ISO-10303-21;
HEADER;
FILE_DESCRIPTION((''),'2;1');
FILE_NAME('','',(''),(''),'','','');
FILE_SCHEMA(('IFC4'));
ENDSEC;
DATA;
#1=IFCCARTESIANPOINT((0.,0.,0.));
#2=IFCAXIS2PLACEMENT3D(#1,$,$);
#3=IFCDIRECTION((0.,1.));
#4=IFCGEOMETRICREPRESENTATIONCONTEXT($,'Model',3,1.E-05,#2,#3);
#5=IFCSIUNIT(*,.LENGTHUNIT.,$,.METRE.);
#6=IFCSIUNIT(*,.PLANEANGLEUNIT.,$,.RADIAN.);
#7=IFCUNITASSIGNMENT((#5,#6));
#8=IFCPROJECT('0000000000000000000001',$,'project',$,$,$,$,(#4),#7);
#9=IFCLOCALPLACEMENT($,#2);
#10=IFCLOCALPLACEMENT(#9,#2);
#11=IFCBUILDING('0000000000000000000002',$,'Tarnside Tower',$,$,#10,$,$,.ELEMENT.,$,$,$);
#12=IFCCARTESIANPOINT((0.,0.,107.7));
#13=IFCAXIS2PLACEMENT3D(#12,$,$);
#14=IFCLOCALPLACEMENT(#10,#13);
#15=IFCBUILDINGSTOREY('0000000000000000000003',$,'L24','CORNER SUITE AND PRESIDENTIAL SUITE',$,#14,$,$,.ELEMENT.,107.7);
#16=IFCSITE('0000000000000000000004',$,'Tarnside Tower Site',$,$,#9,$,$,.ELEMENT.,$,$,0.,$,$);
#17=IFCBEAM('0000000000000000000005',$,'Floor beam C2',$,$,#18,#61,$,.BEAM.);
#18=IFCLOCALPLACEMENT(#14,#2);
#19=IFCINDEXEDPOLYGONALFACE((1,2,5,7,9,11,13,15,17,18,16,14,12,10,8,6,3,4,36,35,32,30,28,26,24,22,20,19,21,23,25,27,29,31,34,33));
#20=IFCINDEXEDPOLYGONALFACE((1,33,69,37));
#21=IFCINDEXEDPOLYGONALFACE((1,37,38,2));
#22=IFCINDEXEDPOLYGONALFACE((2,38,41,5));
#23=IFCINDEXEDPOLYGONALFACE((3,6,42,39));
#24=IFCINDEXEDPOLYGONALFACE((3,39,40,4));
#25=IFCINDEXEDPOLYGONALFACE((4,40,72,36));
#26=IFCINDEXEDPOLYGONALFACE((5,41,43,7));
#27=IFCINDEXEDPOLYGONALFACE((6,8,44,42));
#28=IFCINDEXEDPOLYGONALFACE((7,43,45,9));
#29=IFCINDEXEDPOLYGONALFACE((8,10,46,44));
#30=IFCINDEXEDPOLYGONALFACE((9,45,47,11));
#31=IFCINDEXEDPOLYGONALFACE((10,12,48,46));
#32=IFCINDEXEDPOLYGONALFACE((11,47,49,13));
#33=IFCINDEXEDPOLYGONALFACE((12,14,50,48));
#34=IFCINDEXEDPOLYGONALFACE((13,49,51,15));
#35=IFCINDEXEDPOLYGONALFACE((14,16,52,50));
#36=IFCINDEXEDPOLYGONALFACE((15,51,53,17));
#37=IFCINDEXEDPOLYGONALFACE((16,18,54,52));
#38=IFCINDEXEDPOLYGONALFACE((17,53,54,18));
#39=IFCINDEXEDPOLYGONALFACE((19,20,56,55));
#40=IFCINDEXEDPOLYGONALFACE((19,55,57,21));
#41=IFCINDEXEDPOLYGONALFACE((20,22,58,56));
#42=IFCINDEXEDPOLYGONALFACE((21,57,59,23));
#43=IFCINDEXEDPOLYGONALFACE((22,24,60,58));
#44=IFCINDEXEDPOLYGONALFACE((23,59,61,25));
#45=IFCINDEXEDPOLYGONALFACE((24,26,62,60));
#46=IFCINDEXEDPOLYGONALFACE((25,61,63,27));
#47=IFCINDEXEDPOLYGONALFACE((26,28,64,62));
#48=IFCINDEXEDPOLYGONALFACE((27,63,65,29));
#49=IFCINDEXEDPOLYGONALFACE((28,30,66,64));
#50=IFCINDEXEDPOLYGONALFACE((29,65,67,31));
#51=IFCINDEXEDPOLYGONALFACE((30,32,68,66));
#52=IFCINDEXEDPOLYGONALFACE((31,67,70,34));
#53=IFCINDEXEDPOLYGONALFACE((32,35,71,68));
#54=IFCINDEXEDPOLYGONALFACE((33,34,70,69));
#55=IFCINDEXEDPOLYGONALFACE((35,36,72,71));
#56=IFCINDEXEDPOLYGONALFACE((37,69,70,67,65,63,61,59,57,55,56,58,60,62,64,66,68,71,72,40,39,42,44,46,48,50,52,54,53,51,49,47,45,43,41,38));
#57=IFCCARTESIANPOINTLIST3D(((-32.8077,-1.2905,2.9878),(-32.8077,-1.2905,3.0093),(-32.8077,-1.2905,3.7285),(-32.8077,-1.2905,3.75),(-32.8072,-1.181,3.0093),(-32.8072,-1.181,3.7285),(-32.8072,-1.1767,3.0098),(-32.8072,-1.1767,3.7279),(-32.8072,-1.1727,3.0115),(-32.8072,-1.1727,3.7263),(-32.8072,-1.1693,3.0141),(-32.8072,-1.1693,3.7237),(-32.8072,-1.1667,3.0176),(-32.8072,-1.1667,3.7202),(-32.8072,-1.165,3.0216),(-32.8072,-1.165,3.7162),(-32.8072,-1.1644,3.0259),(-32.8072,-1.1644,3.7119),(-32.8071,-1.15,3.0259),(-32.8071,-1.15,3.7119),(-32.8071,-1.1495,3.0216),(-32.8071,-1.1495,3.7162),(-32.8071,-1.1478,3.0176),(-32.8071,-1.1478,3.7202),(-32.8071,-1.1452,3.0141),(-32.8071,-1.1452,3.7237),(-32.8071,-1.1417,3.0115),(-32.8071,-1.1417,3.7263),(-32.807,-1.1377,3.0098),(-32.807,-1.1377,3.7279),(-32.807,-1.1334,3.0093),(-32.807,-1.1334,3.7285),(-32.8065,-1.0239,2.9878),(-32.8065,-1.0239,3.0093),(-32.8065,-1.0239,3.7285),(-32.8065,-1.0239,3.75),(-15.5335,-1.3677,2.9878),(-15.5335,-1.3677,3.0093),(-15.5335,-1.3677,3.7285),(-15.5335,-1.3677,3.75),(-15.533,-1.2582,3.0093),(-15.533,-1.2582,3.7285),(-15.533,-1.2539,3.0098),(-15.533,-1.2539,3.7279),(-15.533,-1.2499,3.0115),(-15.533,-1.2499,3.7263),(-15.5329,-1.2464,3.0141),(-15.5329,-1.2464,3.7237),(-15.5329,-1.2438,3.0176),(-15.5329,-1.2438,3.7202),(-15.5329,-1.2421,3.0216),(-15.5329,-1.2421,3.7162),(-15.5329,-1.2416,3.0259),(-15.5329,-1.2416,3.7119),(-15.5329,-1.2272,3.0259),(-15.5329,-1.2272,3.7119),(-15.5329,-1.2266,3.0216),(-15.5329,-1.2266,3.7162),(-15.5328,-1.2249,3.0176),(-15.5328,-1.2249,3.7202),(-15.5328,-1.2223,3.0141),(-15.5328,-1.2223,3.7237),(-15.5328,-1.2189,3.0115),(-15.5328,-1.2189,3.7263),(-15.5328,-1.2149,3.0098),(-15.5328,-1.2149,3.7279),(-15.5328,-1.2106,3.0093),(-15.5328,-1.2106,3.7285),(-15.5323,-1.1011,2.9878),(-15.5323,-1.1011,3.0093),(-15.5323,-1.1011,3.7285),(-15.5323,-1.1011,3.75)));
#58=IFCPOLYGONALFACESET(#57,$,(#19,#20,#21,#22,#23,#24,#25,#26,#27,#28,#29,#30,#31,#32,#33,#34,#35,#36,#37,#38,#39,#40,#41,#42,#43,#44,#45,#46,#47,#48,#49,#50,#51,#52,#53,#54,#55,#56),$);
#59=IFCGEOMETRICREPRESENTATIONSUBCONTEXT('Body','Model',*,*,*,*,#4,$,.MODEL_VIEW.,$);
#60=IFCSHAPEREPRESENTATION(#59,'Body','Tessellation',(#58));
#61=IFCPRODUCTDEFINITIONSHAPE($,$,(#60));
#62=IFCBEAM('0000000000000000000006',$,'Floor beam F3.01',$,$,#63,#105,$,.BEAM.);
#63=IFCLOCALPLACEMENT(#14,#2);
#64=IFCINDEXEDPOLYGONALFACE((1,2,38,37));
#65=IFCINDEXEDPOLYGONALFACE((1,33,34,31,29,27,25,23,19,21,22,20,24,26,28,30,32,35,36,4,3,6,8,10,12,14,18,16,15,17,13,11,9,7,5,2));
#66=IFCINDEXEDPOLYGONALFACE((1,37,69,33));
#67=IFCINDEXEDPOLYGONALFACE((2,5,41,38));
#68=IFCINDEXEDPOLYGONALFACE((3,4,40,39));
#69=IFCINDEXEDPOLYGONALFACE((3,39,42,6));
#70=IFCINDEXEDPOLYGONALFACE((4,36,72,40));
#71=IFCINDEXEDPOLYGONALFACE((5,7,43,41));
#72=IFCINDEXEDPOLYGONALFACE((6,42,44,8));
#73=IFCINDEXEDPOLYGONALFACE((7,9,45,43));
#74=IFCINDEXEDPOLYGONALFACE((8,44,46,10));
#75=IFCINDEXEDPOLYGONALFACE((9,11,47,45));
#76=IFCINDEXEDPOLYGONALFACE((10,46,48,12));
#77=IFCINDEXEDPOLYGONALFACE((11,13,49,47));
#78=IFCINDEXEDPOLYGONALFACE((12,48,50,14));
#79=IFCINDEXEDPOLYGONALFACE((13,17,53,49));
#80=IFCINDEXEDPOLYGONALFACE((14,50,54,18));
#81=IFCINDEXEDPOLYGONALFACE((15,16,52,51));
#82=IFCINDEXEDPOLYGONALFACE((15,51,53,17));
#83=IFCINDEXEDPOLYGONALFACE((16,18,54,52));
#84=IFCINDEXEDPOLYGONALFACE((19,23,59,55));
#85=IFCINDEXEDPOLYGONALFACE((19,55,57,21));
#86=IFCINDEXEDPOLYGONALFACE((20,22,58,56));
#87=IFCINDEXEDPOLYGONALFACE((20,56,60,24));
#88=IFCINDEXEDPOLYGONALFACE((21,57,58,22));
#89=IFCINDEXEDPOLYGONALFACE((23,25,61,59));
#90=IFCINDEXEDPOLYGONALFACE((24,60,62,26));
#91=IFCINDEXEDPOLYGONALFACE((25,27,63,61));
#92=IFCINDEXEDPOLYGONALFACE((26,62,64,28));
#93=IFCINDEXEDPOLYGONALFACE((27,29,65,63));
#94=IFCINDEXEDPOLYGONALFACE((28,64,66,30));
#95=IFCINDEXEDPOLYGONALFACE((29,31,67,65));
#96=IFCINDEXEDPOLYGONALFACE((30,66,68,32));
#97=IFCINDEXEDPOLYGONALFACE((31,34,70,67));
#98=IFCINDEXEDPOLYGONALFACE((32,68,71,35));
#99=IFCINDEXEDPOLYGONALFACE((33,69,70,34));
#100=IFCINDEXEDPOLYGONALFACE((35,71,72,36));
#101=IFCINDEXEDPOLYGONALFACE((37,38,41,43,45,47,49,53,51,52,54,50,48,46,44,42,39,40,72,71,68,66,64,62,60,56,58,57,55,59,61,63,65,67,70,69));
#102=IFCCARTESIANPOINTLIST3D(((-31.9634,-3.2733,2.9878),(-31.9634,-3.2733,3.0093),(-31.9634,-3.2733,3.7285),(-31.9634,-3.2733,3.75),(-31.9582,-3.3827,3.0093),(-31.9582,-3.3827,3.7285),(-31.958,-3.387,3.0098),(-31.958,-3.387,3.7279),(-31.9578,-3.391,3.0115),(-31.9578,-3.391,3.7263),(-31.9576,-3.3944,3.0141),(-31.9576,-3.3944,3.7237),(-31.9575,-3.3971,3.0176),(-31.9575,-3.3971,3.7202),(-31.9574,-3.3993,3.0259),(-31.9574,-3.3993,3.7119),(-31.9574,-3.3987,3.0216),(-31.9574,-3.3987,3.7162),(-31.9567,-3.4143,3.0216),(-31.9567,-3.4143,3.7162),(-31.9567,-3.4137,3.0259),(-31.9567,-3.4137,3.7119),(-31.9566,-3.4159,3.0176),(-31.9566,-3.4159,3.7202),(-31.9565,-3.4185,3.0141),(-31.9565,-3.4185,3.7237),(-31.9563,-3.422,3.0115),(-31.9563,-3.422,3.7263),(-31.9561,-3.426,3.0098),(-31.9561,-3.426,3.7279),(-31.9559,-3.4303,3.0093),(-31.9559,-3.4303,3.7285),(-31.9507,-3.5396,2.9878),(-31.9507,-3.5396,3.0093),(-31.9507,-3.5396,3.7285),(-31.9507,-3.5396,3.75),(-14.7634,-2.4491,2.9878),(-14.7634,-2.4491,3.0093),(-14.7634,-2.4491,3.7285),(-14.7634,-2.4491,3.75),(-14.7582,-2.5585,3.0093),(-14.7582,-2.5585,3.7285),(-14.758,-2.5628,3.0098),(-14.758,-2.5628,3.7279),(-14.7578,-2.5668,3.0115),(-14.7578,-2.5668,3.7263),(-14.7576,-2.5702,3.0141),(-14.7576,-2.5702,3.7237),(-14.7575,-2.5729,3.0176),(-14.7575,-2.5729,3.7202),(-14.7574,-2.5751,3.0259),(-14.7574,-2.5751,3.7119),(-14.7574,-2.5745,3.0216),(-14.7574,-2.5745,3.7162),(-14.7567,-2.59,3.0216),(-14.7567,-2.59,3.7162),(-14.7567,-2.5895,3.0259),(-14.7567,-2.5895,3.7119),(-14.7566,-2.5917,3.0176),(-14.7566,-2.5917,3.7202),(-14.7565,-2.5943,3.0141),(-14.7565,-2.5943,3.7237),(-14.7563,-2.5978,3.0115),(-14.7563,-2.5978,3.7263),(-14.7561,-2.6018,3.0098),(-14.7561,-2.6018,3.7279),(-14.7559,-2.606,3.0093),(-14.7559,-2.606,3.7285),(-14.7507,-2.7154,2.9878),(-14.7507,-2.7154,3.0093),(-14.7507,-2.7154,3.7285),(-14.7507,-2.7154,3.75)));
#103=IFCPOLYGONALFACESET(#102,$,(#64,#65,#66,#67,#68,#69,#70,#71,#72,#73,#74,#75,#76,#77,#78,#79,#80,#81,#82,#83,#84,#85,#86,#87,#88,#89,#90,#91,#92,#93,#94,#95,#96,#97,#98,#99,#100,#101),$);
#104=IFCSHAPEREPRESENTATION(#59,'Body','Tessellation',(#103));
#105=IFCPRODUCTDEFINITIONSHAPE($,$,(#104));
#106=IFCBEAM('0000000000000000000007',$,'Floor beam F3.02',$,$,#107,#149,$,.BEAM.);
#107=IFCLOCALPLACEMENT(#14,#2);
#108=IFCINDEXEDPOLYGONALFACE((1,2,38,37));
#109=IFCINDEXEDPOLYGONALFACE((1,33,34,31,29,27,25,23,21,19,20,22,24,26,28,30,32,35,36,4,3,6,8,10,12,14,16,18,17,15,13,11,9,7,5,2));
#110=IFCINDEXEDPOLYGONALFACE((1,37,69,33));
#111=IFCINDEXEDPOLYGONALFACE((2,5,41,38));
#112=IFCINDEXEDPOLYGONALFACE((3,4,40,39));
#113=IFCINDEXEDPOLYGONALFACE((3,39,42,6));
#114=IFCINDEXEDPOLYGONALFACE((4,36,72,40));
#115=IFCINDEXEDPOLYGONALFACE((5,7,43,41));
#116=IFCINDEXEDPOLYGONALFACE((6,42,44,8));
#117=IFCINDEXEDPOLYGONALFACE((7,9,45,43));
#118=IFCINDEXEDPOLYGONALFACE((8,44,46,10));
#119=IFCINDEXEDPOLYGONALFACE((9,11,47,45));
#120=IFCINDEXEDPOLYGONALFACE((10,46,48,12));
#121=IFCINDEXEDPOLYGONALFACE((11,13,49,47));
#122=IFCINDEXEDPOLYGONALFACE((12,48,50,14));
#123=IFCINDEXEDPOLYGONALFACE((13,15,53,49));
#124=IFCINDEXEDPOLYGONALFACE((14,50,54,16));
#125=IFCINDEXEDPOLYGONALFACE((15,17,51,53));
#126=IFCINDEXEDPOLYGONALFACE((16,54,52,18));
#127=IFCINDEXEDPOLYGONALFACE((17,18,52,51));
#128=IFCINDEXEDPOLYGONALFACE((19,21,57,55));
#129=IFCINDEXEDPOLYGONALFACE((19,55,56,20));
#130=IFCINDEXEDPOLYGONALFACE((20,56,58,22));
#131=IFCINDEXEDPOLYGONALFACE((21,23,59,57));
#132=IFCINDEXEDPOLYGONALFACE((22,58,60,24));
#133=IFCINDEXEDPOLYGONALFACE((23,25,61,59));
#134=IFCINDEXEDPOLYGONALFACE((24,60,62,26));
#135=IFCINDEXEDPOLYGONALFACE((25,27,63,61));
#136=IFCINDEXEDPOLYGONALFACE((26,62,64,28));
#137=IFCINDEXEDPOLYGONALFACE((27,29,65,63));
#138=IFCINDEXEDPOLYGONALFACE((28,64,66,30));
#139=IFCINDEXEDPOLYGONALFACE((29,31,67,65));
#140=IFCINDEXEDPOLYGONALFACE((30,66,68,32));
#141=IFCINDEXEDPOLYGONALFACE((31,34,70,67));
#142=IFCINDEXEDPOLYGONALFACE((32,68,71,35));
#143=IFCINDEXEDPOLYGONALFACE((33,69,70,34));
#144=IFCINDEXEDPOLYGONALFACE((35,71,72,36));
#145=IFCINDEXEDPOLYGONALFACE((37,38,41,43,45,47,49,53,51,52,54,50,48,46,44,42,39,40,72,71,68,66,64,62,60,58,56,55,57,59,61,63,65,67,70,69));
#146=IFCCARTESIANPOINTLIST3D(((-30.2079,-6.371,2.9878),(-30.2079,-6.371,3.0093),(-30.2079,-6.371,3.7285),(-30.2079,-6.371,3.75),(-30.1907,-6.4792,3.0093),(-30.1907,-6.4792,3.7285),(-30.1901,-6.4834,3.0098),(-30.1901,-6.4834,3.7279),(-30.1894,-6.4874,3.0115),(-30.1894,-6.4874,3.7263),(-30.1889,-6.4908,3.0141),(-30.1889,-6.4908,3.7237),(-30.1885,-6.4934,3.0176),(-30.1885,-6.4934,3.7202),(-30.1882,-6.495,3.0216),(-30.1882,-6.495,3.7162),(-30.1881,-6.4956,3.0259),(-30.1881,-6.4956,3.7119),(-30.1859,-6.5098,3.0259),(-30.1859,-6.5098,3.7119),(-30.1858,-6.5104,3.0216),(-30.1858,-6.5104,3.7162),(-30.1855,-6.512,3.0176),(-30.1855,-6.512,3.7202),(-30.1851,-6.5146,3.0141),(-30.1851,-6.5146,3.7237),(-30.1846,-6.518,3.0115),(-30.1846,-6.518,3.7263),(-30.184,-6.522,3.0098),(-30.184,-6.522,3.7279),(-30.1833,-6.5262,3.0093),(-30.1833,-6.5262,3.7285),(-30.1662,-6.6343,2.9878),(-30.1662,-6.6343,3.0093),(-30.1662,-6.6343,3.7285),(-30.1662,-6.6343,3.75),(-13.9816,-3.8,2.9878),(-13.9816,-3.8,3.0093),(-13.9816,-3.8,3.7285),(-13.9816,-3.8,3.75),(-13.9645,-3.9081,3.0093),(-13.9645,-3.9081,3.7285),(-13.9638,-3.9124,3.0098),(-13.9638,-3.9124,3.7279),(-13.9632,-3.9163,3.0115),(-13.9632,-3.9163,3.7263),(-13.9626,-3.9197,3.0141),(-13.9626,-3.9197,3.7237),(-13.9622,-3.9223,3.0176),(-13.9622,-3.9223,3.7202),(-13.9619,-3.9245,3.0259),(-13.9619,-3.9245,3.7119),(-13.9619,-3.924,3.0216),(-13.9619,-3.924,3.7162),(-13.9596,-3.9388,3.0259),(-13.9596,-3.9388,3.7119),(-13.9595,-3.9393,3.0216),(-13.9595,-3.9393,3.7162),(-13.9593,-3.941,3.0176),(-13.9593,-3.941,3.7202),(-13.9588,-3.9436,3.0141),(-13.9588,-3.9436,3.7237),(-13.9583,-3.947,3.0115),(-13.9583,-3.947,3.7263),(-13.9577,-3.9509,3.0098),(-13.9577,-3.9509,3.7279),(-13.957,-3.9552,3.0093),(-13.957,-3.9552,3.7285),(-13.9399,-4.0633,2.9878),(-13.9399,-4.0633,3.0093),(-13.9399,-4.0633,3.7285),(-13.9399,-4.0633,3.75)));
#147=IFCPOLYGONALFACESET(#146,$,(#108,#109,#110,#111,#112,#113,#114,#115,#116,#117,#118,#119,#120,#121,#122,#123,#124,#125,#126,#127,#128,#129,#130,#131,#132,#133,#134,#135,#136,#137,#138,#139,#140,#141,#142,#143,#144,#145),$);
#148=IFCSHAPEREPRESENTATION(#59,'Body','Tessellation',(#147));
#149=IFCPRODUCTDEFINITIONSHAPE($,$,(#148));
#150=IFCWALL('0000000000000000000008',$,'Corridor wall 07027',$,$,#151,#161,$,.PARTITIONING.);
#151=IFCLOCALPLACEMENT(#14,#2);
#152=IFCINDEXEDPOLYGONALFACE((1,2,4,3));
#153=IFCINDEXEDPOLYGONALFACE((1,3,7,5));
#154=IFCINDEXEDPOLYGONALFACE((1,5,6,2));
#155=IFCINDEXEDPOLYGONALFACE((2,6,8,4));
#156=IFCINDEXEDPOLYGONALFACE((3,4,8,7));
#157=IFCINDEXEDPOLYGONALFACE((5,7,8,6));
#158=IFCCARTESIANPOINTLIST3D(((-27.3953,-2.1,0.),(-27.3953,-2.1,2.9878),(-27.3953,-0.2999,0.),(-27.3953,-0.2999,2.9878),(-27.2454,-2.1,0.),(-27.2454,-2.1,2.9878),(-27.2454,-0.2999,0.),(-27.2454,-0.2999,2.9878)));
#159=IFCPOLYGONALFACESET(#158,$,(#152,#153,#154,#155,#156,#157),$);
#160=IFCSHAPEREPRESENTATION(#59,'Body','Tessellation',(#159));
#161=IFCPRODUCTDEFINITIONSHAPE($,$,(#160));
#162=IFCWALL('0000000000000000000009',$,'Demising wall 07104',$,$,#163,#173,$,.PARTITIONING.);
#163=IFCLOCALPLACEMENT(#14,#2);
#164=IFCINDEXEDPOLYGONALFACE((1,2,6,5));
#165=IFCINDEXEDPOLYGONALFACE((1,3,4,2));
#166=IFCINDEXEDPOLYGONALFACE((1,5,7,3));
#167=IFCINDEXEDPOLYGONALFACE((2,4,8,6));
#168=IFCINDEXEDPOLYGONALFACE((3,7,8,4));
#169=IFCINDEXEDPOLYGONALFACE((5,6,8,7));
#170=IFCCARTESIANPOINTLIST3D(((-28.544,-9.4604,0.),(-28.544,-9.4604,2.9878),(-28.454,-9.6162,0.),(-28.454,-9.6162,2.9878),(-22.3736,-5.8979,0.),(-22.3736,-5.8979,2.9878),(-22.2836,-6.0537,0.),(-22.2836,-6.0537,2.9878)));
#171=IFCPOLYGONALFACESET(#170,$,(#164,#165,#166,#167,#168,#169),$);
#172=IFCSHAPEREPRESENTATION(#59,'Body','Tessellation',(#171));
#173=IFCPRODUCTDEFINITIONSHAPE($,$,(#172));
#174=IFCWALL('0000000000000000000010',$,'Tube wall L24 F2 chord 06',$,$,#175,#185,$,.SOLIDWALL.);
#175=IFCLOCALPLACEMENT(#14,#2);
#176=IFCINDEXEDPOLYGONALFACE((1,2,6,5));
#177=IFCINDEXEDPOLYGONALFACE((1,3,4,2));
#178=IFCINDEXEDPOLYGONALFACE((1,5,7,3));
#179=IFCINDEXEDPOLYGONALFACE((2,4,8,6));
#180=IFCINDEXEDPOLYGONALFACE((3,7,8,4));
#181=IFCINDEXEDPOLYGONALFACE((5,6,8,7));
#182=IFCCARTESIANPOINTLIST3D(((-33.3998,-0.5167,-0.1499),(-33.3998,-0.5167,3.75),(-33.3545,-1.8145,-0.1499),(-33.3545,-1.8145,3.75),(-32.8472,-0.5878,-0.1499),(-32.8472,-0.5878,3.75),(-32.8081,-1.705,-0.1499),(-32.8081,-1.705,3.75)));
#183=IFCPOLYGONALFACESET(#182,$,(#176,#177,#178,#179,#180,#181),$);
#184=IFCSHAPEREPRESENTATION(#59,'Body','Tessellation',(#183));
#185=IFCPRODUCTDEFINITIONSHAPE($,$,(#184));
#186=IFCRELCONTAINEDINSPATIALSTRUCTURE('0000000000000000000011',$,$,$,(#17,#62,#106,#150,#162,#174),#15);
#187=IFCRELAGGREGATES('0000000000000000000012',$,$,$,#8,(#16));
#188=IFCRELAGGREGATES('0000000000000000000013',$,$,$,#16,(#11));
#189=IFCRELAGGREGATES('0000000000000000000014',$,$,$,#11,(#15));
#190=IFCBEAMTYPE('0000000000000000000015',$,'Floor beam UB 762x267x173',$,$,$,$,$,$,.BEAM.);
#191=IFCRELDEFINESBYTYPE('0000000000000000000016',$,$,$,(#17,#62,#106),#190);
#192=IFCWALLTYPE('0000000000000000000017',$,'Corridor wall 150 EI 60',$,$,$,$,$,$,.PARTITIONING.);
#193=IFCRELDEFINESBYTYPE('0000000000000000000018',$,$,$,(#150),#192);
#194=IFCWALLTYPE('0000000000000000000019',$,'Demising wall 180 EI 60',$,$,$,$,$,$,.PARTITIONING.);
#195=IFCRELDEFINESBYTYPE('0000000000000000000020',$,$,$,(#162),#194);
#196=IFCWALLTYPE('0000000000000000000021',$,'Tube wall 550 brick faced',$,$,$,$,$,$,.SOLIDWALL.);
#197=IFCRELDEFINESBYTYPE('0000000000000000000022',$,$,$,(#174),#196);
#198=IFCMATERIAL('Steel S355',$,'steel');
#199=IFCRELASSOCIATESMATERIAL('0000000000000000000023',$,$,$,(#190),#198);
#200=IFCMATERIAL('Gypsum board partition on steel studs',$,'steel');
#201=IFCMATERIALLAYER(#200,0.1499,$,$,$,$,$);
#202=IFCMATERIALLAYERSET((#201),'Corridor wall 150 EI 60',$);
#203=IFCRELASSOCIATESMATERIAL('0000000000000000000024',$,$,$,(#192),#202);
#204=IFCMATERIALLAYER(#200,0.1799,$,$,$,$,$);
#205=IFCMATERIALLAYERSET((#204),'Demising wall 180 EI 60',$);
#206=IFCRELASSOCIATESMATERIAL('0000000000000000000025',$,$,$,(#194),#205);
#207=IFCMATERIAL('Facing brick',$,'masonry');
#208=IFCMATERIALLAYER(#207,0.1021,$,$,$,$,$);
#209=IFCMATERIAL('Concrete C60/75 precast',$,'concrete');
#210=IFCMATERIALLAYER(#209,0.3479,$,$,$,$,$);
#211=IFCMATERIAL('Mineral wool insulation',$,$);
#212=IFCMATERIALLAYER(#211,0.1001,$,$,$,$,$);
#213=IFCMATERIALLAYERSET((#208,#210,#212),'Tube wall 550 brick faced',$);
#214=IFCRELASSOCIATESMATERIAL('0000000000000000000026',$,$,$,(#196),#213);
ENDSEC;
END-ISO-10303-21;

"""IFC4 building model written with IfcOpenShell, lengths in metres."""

from ifc_helpers import new_model, si_unit, direction, frame, frame_2d, origin, origin_2d, place, context, subcontext, project, spatial, polyline, rectangle, i_section, outline, extrude, material, layer, layer_set, material_profile, profile_set, type_object, element, save


model = new_model("IFC4")

# Units and contexts
model_context = context("Model", 3, precision=1e-05, world=origin(), true_north=direction((0.0, 1.0)))
body_context = subcontext(model_context, "Body", "Model", "MODEL_VIEW")
ifc_project = project(units=[si_unit("LENGTHUNIT", "METRE"), si_unit("PLANEANGLEUNIT", "RADIAN")], contexts=[model_context])

# Site, building, storey
site_placement = place(None, origin())
site = spatial("IfcSite", under=ifc_project, at=site_placement, Name="Tarnside Tower Site", CompositionType="ELEMENT", RefElevation=0.0)
building_placement = place(site_placement, origin())
building = spatial("IfcBuilding", under=site, at=building_placement, Name="Tarnside Tower", CompositionType="ELEMENT")
storey_placement = place(building_placement, frame((0.0, 0.0, 107.7)))
storey = spatial("IfcBuildingStorey", under=building, at=storey_placement, Name="L24", Description="CORNER SUITE AND PRESIDENTIAL SUITE", CompositionType="ELEMENT", Elevation=107.7)

# Beams
ifc_material_1 = material(Name="Steel S355", Category="steel")
ifc_material_profile = material_profile(ifc_material_1, i_section(OverallWidth=0.2666, OverallDepth=0.7622, WebThickness=0.0144, FlangeThickness=0.0215, FilletRadius=0.0166, at=origin_2d()), Name="UB 762x267x173")
ifc_profile_set = profile_set([ifc_material_profile], Name="Steel S355")
beam_type = type_object("IfcBeamType", Name="Floor beam UB 762x267x173", PredefinedType="BEAM", material=ifc_profile_set)
beam_1_placement = place(storey_placement, frame((-32.8071, -1.1572, 3.3689), z_axis=(0.99999, -0.004466, 0.0), x_axis=(0.004466, 0.99999, 0.0)))
element("IfcBeam", 1, at=beam_1_placement, inside=storey, type_object=beam_type, Name="Floor beam C2", PredefinedType="BEAM", context=body_context, shape_type="SweptSolid", body=[
    extrude(i_section(OverallWidth=0.2666, OverallDepth=0.7622, WebThickness=0.0144, FlangeThickness=0.0215, FilletRadius=0.0166, at=origin_2d()), origin(), (0.0, 0.0, 1.0), 17.2744),
])
beam_2_placement = place(storey_placement, frame((-31.957, -3.4065, 3.3689), z_axis=(0.998854, 0.047865, 0.0), x_axis=(-0.047865, 0.998854, 0.0)))
element("IfcBeam", 2, at=beam_2_placement, inside=storey, type_object=beam_type, Name="Floor beam F3.01", PredefinedType="BEAM", context=body_context, shape_type="SweptSolid", body=[
    extrude(i_section(OverallWidth=0.2666, OverallDepth=0.7622, WebThickness=0.0144, FlangeThickness=0.0215, FilletRadius=0.0166, at=origin_2d()), origin(), (0.0, 0.0, 1.0), 17.2197),
])
beam_3_placement = place(storey_placement, frame((-30.187, -6.5027, 3.3689), z_axis=(0.987678, 0.156497, 0.0), x_axis=(-0.156497, 0.987678, 0.0)))
element("IfcBeam", 3, at=beam_3_placement, inside=storey, type_object=beam_type, Name="Floor beam F3.02", PredefinedType="BEAM", context=body_context, shape_type="SweptSolid", body=[
    extrude(i_section(OverallWidth=0.2666, OverallDepth=0.7622, WebThickness=0.0144, FlangeThickness=0.0215, FilletRadius=0.0166, at=origin_2d()), origin(), (0.0, 0.0, 1.0), 16.4287),
])

# Walls
ifc_material_2 = material(Name="Gypsum board partition on steel studs", Category="steel")
ifc_layer_1 = layer(ifc_material_2, 0.1499)
ifc_layer_set_1 = layer_set([ifc_layer_1], Name="Corridor wall 150 EI 60")
wall_type_1 = type_object("IfcWallType", Name="Corridor wall 150 EI 60", PredefinedType="PARTITIONING", material=ifc_layer_set_1)
wall_1_placement = place(storey_placement, frame((-27.3203, -0.3, 0.0), z_axis=(0.0, 0.0, 1.0), x_axis=(0.0, -1.0, 0.0)))
element("IfcWall", 4, at=wall_1_placement, inside=storey, type_object=wall_type_1, Name="Corridor wall 07027", PredefinedType="PARTITIONING", context=body_context, shape_type="SweptSolid", body=[
    extrude(rectangle(XDim=1.8, YDim=0.1499, at=frame_2d((0.8999, 0.0))), origin(), (0.0, 0.0, 1.0), 2.9878),
])
ifc_layer_2 = layer(ifc_material_2, 0.1799)
ifc_layer_set_2 = layer_set([ifc_layer_2], Name="Demising wall 180 EI 60")
wall_type_2 = type_object("IfcWallType", Name="Demising wall 180 EI 60", PredefinedType="PARTITIONING", material=ifc_layer_set_2)
wall_2_placement = place(storey_placement, frame((-28.499, -9.5383, 0.0), z_axis=(0.0, 0.0, 1.0), x_axis=(0.866025, 0.500001, 0.0)))
element("IfcWall", 5, at=wall_2_placement, inside=storey, type_object=wall_type_2, Name="Demising wall 07104", PredefinedType="PARTITIONING", context=body_context, shape_type="SweptSolid", body=[
    extrude(rectangle(XDim=7.125, YDim=0.1799, at=frame_2d((3.5625, 0.0))), origin(), (0.0, 0.0, 1.0), 2.9878),
])
ifc_material_3 = material(Name="Facing brick", Category="masonry")
ifc_layer_3 = layer(ifc_material_3, 0.1021)
ifc_material_4 = material(Name="Concrete C60/75 precast", Category="concrete")
ifc_layer_4 = layer(ifc_material_4, 0.3479)
ifc_material_5 = material(Name="Mineral wool insulation")
ifc_layer_5 = layer(ifc_material_5, 0.1001)
ifc_layer_set_3 = layer_set([ifc_layer_3, ifc_layer_4, ifc_layer_5], Name="Tube wall 550 brick faced")
wall_type_3 = type_object("IfcWallType", Name="Tube wall 550 brick faced", PredefinedType="SOLIDWALL", material=ifc_layer_set_3)
wall_3_placement = place(storey_placement, frame((-33.1235, -0.5522, -0.1499), z_axis=(0.0, 0.0, 1.0), x_axis=(0.034956, -0.999389, 0.0)))
element("IfcWall", 6, at=wall_3_placement, inside=storey, type_object=wall_type_3, Name="Tube wall L24 F2 chord 06", PredefinedType="SOLIDWALL", context=body_context, shape_type="SweptSolid", body=[
    extrude(outline(polyline([(-0.0452, -0.2749), (1.2534, -0.2749), (1.1631, 0.2749), (0.0452, 0.2749), (-0.0452, -0.2749)])), origin(), (0.0, 0.0, 1.0), 3.8999),
])

save(model, "model.ifc")
